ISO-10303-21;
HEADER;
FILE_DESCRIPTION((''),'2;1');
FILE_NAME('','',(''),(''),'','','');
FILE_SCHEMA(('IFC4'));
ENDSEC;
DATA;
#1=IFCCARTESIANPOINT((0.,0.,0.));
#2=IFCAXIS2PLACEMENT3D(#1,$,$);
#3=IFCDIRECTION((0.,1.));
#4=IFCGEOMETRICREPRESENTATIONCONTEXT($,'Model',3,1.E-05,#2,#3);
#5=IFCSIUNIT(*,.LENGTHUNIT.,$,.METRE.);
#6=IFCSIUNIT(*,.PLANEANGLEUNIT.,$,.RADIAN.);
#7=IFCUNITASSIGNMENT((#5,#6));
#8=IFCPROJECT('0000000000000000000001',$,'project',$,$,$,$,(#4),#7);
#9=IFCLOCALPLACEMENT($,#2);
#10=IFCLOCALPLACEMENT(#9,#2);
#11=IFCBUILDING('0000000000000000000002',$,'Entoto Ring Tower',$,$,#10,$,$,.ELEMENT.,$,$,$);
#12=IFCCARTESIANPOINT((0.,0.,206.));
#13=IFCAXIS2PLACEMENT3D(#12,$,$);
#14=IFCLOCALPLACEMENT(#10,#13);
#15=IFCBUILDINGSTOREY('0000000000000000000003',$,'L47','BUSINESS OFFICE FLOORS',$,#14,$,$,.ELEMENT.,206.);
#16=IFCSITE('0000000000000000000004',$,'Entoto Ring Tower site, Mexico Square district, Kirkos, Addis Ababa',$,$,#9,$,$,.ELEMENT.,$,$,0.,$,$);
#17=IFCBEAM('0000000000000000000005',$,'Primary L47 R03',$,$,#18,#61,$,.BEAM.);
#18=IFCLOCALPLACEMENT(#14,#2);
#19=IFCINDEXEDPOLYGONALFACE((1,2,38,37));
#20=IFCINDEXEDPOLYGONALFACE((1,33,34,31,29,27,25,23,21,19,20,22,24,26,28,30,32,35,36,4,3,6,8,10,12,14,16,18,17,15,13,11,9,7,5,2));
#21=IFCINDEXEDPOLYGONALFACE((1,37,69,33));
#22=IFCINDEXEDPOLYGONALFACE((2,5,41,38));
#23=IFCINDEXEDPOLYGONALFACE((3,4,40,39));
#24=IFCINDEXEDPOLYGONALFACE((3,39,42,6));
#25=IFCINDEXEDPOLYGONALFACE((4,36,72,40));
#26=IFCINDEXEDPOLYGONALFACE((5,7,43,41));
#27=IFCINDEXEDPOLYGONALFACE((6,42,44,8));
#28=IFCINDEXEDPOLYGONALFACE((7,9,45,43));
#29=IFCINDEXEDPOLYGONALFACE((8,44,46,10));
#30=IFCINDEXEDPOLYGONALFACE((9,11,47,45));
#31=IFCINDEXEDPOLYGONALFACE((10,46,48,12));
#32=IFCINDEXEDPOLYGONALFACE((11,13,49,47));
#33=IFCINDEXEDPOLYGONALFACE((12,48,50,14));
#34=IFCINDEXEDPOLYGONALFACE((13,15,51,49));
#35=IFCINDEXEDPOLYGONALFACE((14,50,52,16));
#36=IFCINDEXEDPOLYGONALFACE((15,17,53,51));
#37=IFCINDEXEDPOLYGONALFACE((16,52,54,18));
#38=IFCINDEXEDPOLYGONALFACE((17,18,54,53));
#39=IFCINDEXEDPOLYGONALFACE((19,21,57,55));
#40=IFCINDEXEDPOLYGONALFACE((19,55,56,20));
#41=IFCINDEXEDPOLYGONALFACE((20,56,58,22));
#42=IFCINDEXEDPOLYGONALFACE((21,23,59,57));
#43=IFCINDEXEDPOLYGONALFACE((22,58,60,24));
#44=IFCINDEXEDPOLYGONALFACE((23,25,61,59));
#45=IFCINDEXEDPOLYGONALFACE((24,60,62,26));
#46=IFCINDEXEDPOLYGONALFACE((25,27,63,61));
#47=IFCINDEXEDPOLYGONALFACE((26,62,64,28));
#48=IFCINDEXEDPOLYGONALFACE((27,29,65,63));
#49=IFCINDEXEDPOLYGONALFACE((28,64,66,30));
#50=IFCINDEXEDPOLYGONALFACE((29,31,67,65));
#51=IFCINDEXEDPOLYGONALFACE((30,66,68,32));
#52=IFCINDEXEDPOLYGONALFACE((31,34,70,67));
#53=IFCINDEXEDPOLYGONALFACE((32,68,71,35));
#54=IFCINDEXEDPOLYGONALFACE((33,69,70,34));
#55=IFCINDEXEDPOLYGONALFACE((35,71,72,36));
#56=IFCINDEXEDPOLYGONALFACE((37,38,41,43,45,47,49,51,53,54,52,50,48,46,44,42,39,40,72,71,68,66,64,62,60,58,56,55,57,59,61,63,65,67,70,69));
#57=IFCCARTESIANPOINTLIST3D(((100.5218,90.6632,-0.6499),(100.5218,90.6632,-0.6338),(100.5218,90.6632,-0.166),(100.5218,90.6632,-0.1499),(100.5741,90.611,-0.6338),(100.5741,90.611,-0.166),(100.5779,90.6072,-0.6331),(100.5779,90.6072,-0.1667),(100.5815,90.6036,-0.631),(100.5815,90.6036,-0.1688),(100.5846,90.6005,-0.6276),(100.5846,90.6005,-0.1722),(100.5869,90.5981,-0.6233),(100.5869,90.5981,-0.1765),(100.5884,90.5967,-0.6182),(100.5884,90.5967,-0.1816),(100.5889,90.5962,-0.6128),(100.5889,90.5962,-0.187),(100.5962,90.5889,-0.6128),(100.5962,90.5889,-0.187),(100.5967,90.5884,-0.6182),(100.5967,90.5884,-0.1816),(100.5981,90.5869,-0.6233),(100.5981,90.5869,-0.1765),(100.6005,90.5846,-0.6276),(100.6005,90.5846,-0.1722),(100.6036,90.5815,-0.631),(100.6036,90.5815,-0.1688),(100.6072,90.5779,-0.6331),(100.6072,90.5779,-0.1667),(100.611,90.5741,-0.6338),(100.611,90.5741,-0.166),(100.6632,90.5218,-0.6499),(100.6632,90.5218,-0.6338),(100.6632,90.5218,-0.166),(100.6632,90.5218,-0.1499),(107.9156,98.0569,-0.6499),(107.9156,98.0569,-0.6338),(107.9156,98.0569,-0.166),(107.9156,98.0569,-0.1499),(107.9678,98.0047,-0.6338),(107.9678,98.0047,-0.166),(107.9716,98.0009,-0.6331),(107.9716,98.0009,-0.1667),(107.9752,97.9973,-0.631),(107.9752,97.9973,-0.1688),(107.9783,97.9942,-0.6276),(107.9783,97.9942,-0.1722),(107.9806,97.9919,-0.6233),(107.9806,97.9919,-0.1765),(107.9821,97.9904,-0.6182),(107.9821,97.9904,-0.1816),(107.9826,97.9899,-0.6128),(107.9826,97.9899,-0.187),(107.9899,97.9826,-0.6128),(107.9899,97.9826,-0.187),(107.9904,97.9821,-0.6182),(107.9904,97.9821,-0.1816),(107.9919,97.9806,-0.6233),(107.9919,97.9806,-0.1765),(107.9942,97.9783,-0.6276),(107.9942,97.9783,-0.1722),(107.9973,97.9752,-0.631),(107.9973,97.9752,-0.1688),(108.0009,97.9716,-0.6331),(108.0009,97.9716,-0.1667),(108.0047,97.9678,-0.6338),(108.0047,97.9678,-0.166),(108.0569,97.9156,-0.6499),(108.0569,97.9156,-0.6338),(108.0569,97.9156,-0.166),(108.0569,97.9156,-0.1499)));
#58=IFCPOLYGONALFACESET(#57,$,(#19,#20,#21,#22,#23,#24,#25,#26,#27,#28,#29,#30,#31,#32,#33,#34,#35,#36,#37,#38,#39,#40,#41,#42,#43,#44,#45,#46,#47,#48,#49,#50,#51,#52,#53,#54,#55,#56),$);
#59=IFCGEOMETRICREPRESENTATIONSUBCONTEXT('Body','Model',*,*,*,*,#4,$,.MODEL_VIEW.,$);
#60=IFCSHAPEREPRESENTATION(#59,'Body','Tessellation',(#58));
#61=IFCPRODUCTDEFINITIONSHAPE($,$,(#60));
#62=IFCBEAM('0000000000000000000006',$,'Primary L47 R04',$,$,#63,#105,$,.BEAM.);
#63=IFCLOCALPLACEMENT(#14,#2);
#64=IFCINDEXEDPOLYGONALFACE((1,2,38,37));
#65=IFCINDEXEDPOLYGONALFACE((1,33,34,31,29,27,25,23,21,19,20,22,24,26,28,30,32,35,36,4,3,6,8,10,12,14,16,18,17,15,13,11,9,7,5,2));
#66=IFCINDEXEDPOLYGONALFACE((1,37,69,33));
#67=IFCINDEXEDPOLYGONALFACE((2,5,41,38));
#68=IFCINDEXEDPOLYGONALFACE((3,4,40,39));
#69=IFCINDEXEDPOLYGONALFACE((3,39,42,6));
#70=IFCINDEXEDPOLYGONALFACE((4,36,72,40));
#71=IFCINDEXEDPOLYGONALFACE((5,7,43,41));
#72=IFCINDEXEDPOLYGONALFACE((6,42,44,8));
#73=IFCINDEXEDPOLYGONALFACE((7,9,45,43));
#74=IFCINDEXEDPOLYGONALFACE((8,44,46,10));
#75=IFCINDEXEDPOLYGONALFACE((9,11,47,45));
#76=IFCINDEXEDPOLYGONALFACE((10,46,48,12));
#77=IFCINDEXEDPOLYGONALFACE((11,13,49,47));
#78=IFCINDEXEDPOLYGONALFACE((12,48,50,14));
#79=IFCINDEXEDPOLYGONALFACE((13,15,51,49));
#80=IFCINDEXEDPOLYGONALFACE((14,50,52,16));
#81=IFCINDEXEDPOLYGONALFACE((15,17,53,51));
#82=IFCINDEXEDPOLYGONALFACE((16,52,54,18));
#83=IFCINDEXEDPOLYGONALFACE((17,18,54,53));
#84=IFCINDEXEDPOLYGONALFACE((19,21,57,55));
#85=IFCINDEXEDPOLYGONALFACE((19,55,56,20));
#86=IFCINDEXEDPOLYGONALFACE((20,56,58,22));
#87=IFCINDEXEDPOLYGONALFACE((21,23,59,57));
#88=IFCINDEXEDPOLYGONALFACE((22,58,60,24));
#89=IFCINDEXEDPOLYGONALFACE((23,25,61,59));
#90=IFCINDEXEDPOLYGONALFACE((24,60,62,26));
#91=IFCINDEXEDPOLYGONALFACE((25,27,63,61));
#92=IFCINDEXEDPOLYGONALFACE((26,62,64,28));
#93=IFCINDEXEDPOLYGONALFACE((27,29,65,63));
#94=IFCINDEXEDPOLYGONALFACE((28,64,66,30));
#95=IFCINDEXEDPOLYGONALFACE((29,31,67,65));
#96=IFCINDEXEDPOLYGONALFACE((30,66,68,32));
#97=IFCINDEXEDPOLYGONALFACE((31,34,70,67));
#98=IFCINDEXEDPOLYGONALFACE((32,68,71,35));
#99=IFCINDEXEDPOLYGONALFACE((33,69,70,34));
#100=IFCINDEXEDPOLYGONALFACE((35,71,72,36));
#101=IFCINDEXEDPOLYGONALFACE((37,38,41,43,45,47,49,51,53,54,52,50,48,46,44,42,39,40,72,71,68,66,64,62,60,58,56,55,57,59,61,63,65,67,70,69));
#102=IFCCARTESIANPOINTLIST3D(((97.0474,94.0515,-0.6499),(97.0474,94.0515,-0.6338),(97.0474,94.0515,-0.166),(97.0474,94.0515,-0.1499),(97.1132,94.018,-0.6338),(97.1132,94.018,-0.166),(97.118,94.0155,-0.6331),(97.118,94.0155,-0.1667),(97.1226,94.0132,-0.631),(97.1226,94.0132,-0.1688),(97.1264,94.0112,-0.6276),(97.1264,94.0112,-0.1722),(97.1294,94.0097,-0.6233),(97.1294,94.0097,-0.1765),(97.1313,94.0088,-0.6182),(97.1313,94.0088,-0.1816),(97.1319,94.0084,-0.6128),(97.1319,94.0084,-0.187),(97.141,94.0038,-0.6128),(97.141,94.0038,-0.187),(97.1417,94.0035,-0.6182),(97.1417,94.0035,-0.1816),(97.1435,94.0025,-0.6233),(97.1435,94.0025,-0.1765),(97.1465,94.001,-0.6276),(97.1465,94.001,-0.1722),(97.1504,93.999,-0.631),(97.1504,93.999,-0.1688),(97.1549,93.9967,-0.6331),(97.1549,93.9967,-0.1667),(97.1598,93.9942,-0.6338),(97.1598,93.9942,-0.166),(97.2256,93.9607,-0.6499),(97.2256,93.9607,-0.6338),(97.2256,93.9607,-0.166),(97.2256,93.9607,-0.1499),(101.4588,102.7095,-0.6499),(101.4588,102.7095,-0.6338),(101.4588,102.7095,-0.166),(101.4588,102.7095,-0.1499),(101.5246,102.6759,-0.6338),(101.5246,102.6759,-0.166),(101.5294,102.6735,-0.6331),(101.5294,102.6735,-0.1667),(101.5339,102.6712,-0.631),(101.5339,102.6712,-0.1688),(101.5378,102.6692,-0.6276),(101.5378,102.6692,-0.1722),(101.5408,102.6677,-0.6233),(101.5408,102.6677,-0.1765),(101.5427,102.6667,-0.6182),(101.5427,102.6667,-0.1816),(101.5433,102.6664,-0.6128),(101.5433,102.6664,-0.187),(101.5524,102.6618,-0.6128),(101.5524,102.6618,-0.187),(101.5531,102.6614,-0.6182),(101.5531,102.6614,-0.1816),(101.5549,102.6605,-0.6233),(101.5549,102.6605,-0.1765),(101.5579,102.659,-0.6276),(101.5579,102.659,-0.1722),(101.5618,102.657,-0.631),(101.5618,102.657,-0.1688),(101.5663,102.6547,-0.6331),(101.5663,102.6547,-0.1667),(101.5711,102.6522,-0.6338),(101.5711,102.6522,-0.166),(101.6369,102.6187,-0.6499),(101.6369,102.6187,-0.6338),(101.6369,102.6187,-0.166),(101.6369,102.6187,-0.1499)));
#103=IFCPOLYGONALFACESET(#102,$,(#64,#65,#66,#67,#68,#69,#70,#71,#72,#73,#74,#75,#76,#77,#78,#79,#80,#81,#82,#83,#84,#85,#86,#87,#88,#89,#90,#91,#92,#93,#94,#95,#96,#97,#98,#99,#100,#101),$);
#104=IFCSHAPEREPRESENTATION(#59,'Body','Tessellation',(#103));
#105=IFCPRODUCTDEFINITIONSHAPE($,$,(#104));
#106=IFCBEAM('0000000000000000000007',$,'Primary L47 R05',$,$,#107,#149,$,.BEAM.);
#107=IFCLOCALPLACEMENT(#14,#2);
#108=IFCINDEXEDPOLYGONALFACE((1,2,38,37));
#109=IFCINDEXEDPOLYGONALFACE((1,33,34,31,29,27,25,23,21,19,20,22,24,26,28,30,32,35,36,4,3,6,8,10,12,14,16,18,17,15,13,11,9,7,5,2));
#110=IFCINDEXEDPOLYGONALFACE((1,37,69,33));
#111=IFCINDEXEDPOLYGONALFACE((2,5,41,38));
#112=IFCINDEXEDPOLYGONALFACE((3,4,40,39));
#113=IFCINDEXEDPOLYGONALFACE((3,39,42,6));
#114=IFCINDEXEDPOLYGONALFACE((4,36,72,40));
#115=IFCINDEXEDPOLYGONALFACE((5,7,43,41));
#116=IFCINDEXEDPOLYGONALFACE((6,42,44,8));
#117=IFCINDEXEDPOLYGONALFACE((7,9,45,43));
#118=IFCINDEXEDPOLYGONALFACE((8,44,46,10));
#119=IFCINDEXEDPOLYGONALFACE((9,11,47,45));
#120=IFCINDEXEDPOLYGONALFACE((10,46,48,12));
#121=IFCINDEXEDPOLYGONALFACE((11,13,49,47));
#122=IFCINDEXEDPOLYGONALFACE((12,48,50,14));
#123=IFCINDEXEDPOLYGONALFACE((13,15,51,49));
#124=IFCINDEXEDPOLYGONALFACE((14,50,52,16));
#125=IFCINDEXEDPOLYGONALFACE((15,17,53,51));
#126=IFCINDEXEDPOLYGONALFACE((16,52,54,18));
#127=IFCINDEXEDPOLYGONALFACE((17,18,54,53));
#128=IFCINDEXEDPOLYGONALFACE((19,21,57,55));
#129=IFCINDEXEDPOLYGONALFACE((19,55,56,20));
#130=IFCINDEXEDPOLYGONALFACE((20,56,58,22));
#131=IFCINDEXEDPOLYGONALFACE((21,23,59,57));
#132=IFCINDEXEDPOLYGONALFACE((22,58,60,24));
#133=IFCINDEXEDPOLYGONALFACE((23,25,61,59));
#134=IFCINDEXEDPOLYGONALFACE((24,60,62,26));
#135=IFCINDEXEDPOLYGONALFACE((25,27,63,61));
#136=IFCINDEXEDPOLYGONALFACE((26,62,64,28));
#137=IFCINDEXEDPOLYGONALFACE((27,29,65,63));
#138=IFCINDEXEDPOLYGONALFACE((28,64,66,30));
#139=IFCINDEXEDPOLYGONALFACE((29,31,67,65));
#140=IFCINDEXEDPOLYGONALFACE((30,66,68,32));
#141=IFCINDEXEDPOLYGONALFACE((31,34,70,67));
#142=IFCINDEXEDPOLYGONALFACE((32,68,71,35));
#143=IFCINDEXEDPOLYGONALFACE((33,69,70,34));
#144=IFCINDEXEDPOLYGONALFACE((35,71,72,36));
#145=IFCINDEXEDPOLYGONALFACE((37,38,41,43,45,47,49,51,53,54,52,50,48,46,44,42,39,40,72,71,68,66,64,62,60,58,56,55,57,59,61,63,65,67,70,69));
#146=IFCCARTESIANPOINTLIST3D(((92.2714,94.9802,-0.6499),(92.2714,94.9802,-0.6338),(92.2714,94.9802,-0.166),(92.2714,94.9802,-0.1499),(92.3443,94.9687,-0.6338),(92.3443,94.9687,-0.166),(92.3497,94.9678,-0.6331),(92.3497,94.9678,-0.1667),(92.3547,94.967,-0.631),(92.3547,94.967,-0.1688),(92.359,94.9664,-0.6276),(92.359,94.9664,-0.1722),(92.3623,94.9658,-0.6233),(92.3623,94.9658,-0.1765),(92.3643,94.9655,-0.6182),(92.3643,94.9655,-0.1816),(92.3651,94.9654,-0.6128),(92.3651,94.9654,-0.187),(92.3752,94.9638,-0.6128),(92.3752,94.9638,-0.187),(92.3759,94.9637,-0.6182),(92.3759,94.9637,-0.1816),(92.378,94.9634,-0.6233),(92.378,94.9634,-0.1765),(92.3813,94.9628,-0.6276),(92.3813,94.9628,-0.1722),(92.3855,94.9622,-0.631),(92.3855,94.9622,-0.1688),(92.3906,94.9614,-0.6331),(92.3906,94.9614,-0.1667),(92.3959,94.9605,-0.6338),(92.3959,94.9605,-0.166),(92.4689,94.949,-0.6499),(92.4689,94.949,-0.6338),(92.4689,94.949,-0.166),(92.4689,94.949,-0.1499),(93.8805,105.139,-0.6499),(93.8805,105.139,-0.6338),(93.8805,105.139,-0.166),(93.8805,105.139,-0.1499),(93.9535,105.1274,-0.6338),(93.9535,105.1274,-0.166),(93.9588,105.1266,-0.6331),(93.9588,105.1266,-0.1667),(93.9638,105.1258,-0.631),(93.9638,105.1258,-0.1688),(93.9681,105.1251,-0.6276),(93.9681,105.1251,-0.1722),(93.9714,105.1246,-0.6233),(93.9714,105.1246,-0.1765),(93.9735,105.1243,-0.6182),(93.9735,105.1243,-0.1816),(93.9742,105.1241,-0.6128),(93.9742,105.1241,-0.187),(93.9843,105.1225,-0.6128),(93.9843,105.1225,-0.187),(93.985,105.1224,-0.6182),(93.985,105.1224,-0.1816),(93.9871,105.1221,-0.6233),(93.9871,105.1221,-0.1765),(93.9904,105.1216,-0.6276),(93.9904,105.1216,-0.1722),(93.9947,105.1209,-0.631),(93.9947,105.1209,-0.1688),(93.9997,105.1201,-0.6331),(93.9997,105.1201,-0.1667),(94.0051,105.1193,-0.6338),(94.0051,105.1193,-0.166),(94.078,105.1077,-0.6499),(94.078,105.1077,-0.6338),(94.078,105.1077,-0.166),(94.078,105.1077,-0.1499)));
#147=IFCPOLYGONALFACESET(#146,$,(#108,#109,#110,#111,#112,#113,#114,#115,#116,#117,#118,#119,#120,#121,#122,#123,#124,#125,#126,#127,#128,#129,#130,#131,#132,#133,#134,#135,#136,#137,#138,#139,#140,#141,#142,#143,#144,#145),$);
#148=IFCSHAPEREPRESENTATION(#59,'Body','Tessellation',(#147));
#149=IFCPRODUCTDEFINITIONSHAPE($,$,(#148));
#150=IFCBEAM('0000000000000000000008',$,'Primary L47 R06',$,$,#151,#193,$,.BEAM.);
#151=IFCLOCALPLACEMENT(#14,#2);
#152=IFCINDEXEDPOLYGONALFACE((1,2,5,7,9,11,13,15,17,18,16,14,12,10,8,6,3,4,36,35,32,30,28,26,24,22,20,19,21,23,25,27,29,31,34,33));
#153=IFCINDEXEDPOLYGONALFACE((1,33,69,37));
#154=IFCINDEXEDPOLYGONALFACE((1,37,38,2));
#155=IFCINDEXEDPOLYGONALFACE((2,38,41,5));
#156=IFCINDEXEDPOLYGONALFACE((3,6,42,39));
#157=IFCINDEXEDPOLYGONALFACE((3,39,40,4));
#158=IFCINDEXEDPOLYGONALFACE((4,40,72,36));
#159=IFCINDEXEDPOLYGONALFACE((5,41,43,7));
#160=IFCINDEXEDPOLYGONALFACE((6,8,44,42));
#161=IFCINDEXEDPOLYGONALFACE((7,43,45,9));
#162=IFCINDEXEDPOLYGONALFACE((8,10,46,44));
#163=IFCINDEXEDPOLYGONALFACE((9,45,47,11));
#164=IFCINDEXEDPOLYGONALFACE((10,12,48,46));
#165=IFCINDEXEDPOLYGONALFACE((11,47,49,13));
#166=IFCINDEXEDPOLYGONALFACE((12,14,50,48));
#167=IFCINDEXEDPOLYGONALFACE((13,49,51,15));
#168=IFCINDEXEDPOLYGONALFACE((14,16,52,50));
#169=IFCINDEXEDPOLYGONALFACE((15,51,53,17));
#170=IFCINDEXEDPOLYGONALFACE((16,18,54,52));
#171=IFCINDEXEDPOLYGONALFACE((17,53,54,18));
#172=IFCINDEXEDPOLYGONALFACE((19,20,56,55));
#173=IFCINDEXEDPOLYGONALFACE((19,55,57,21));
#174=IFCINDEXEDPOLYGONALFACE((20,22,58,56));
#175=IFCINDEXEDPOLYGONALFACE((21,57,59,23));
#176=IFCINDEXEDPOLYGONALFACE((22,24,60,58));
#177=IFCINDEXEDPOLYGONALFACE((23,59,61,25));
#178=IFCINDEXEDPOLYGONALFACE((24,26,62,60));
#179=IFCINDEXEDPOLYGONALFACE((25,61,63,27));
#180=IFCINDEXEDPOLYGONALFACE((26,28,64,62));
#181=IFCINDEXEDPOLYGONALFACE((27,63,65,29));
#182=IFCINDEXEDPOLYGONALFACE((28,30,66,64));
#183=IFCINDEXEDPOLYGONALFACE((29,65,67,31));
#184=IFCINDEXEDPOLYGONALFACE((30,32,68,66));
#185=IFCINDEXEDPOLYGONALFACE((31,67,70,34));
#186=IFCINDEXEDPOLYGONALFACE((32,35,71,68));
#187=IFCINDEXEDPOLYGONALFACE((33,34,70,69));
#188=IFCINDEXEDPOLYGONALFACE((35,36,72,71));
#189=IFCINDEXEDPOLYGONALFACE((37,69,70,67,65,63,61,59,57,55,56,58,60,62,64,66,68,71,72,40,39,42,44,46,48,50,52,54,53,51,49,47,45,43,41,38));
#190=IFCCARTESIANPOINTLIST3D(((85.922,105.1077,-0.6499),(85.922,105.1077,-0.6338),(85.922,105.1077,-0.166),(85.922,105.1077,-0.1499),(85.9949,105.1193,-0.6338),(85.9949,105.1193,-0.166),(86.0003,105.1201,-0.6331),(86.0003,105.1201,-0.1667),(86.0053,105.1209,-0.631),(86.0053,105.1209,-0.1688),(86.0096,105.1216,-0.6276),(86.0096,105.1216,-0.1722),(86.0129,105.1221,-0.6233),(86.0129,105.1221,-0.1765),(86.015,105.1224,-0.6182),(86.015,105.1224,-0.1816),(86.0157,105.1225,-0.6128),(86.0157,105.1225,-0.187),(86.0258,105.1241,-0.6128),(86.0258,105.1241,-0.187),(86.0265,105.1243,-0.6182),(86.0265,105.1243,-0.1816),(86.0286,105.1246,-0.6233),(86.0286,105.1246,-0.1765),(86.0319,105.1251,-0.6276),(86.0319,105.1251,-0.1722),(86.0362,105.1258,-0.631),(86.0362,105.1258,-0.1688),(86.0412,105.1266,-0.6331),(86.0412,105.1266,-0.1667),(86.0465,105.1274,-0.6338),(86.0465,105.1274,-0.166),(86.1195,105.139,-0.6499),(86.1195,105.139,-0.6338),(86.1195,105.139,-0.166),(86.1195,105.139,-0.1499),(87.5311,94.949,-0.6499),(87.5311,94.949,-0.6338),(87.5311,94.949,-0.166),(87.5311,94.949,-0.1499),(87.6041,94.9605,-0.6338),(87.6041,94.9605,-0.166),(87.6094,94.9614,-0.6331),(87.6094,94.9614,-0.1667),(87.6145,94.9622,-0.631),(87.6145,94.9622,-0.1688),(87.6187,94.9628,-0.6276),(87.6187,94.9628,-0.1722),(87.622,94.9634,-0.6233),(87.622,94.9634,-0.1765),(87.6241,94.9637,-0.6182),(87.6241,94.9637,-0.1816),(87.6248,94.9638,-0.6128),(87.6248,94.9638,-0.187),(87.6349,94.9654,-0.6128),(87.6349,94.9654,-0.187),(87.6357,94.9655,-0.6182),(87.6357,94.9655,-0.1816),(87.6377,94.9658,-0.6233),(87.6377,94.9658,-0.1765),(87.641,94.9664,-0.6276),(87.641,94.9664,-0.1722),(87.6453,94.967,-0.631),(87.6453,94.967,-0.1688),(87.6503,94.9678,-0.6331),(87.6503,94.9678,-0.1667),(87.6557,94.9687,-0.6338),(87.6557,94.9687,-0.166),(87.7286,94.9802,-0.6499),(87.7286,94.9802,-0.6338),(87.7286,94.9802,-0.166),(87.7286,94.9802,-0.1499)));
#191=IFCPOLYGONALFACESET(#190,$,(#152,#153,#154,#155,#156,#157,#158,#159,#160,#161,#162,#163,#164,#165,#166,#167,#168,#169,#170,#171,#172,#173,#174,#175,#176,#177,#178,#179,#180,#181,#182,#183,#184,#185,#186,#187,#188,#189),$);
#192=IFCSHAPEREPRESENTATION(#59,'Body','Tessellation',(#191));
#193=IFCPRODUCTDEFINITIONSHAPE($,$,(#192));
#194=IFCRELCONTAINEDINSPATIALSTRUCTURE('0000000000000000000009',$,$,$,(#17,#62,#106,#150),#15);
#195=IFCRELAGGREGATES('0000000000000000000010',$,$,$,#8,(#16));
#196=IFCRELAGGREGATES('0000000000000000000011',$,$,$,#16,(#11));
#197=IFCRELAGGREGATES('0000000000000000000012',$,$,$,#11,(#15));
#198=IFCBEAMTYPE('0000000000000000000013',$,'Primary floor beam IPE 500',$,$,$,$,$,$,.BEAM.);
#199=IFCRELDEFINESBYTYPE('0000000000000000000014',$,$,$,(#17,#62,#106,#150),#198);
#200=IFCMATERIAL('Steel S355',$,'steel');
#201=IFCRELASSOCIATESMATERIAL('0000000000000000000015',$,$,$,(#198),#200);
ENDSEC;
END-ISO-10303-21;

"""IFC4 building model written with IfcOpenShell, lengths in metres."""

from ifc_helpers import new_model, si_unit, direction, frame, origin, origin_2d, place, context, subcontext, project, spatial, i_section, extrude, material, material_profile, profile_set, type_object, element, save


model = new_model("IFC4")

# Units and contexts
model_context = context("Model", 3, precision=1e-05, world=origin(), true_north=direction((0.0, 1.0)))
body_context = subcontext(model_context, "Body", "Model", "MODEL_VIEW")
ifc_project = project(units=[si_unit("LENGTHUNIT", "METRE"), si_unit("PLANEANGLEUNIT", "RADIAN")], contexts=[model_context])

# Site, building, storey
site_placement = place(None, origin())
site = spatial("IfcSite", under=ifc_project, at=site_placement, Name="Entoto Ring Tower site, Mexico Square district, Kirkos, Addis Ababa", CompositionType="ELEMENT", RefElevation=0.0)
building_placement = place(site_placement, origin())
building = spatial("IfcBuilding", under=site, at=building_placement, Name="Entoto Ring Tower", CompositionType="ELEMENT")
storey_placement = place(building_placement, frame((0.0, 0.0, 206.0)))
storey = spatial("IfcBuildingStorey", under=building, at=storey_placement, Name="L47", Description="BUSINESS OFFICE FLOORS", CompositionType="ELEMENT", Elevation=206.0)

# Beams
ifc_material_1 = material(Name="Steel S355", Category="steel")
ifc_material_profile_1 = material_profile(ifc_material_1, i_section(OverallWidth=0.2, OverallDepth=0.5, WebThickness=0.0103, FlangeThickness=0.0161, FilletRadius=0.021, at=origin_2d()), Name="IPE 500")
ifc_profile_set_1 = profile_set([ifc_material_profile_1], Name="Steel S355")
beam_type_1 = type_object("IfcBeamType", Name="Primary floor beam IPE 500", PredefinedType="BEAM", material=ifc_profile_set_1)
beam_1_placement = place(storey_placement, frame((100.5925, 90.5925, -0.3999), z_axis=(0.707107, 0.707107, 0.0), x_axis=(-0.707107, 0.707107, 0.0)))
element("IfcBeam", 1, at=beam_1_placement, inside=storey, type_object=beam_type_1, Name="Primary L47 R03", PredefinedType="BEAM", context=body_context, shape_type="SweptSolid", body=[
    extrude(i_section(OverallWidth=0.2, OverallDepth=0.5, WebThickness=0.0103, FlangeThickness=0.0161, FilletRadius=0.021, at=origin_2d()), origin(), (0.0, 0.0, 1.0), 10.4563),
])
beam_2_placement = place(storey_placement, frame((97.1365, 94.0061, -0.3999), z_axis=(0.453984, 0.89101, 0.0), x_axis=(-0.89101, 0.453984, 0.0)))
element("IfcBeam", 2, at=beam_2_placement, inside=storey, type_object=beam_type_1, Name="Primary L47 R04", PredefinedType="BEAM", context=body_context, shape_type="SweptSolid", body=[
    extrude(i_section(OverallWidth=0.2, OverallDepth=0.5, WebThickness=0.0103, FlangeThickness=0.0161, FilletRadius=0.021, at=origin_2d()), origin(), (0.0, 0.0, 1.0), 9.717),
])
for number, where, z_axis, x_axis, name in (
    (3, (92.3701, 94.9646, -0.3999), (0.156449, 0.987686, 0.0), (-0.987686, 0.156449, 0.0), "Primary L47 R05"),
    (4, (87.6299, 94.9646, -0.3999), (-0.156449, 0.987686, 0.0), (-0.987686, -0.156449, 0.0), "Primary L47 R06"),
):
    element("IfcBeam", number, at=place(storey_placement, frame(where, z_axis=z_axis, x_axis=x_axis)), inside=storey, type_object=beam_type_1, Name=name, PredefinedType="BEAM", context=body_context, shape_type="SweptSolid", body=[
        extrude(i_section(OverallWidth=0.2, OverallDepth=0.5, WebThickness=0.0103, FlangeThickness=0.0161, FilletRadius=0.021, at=origin_2d()), origin(), (0.0, 0.0, 1.0), 10.2854),
    ])

save(model, "model.ifc")
